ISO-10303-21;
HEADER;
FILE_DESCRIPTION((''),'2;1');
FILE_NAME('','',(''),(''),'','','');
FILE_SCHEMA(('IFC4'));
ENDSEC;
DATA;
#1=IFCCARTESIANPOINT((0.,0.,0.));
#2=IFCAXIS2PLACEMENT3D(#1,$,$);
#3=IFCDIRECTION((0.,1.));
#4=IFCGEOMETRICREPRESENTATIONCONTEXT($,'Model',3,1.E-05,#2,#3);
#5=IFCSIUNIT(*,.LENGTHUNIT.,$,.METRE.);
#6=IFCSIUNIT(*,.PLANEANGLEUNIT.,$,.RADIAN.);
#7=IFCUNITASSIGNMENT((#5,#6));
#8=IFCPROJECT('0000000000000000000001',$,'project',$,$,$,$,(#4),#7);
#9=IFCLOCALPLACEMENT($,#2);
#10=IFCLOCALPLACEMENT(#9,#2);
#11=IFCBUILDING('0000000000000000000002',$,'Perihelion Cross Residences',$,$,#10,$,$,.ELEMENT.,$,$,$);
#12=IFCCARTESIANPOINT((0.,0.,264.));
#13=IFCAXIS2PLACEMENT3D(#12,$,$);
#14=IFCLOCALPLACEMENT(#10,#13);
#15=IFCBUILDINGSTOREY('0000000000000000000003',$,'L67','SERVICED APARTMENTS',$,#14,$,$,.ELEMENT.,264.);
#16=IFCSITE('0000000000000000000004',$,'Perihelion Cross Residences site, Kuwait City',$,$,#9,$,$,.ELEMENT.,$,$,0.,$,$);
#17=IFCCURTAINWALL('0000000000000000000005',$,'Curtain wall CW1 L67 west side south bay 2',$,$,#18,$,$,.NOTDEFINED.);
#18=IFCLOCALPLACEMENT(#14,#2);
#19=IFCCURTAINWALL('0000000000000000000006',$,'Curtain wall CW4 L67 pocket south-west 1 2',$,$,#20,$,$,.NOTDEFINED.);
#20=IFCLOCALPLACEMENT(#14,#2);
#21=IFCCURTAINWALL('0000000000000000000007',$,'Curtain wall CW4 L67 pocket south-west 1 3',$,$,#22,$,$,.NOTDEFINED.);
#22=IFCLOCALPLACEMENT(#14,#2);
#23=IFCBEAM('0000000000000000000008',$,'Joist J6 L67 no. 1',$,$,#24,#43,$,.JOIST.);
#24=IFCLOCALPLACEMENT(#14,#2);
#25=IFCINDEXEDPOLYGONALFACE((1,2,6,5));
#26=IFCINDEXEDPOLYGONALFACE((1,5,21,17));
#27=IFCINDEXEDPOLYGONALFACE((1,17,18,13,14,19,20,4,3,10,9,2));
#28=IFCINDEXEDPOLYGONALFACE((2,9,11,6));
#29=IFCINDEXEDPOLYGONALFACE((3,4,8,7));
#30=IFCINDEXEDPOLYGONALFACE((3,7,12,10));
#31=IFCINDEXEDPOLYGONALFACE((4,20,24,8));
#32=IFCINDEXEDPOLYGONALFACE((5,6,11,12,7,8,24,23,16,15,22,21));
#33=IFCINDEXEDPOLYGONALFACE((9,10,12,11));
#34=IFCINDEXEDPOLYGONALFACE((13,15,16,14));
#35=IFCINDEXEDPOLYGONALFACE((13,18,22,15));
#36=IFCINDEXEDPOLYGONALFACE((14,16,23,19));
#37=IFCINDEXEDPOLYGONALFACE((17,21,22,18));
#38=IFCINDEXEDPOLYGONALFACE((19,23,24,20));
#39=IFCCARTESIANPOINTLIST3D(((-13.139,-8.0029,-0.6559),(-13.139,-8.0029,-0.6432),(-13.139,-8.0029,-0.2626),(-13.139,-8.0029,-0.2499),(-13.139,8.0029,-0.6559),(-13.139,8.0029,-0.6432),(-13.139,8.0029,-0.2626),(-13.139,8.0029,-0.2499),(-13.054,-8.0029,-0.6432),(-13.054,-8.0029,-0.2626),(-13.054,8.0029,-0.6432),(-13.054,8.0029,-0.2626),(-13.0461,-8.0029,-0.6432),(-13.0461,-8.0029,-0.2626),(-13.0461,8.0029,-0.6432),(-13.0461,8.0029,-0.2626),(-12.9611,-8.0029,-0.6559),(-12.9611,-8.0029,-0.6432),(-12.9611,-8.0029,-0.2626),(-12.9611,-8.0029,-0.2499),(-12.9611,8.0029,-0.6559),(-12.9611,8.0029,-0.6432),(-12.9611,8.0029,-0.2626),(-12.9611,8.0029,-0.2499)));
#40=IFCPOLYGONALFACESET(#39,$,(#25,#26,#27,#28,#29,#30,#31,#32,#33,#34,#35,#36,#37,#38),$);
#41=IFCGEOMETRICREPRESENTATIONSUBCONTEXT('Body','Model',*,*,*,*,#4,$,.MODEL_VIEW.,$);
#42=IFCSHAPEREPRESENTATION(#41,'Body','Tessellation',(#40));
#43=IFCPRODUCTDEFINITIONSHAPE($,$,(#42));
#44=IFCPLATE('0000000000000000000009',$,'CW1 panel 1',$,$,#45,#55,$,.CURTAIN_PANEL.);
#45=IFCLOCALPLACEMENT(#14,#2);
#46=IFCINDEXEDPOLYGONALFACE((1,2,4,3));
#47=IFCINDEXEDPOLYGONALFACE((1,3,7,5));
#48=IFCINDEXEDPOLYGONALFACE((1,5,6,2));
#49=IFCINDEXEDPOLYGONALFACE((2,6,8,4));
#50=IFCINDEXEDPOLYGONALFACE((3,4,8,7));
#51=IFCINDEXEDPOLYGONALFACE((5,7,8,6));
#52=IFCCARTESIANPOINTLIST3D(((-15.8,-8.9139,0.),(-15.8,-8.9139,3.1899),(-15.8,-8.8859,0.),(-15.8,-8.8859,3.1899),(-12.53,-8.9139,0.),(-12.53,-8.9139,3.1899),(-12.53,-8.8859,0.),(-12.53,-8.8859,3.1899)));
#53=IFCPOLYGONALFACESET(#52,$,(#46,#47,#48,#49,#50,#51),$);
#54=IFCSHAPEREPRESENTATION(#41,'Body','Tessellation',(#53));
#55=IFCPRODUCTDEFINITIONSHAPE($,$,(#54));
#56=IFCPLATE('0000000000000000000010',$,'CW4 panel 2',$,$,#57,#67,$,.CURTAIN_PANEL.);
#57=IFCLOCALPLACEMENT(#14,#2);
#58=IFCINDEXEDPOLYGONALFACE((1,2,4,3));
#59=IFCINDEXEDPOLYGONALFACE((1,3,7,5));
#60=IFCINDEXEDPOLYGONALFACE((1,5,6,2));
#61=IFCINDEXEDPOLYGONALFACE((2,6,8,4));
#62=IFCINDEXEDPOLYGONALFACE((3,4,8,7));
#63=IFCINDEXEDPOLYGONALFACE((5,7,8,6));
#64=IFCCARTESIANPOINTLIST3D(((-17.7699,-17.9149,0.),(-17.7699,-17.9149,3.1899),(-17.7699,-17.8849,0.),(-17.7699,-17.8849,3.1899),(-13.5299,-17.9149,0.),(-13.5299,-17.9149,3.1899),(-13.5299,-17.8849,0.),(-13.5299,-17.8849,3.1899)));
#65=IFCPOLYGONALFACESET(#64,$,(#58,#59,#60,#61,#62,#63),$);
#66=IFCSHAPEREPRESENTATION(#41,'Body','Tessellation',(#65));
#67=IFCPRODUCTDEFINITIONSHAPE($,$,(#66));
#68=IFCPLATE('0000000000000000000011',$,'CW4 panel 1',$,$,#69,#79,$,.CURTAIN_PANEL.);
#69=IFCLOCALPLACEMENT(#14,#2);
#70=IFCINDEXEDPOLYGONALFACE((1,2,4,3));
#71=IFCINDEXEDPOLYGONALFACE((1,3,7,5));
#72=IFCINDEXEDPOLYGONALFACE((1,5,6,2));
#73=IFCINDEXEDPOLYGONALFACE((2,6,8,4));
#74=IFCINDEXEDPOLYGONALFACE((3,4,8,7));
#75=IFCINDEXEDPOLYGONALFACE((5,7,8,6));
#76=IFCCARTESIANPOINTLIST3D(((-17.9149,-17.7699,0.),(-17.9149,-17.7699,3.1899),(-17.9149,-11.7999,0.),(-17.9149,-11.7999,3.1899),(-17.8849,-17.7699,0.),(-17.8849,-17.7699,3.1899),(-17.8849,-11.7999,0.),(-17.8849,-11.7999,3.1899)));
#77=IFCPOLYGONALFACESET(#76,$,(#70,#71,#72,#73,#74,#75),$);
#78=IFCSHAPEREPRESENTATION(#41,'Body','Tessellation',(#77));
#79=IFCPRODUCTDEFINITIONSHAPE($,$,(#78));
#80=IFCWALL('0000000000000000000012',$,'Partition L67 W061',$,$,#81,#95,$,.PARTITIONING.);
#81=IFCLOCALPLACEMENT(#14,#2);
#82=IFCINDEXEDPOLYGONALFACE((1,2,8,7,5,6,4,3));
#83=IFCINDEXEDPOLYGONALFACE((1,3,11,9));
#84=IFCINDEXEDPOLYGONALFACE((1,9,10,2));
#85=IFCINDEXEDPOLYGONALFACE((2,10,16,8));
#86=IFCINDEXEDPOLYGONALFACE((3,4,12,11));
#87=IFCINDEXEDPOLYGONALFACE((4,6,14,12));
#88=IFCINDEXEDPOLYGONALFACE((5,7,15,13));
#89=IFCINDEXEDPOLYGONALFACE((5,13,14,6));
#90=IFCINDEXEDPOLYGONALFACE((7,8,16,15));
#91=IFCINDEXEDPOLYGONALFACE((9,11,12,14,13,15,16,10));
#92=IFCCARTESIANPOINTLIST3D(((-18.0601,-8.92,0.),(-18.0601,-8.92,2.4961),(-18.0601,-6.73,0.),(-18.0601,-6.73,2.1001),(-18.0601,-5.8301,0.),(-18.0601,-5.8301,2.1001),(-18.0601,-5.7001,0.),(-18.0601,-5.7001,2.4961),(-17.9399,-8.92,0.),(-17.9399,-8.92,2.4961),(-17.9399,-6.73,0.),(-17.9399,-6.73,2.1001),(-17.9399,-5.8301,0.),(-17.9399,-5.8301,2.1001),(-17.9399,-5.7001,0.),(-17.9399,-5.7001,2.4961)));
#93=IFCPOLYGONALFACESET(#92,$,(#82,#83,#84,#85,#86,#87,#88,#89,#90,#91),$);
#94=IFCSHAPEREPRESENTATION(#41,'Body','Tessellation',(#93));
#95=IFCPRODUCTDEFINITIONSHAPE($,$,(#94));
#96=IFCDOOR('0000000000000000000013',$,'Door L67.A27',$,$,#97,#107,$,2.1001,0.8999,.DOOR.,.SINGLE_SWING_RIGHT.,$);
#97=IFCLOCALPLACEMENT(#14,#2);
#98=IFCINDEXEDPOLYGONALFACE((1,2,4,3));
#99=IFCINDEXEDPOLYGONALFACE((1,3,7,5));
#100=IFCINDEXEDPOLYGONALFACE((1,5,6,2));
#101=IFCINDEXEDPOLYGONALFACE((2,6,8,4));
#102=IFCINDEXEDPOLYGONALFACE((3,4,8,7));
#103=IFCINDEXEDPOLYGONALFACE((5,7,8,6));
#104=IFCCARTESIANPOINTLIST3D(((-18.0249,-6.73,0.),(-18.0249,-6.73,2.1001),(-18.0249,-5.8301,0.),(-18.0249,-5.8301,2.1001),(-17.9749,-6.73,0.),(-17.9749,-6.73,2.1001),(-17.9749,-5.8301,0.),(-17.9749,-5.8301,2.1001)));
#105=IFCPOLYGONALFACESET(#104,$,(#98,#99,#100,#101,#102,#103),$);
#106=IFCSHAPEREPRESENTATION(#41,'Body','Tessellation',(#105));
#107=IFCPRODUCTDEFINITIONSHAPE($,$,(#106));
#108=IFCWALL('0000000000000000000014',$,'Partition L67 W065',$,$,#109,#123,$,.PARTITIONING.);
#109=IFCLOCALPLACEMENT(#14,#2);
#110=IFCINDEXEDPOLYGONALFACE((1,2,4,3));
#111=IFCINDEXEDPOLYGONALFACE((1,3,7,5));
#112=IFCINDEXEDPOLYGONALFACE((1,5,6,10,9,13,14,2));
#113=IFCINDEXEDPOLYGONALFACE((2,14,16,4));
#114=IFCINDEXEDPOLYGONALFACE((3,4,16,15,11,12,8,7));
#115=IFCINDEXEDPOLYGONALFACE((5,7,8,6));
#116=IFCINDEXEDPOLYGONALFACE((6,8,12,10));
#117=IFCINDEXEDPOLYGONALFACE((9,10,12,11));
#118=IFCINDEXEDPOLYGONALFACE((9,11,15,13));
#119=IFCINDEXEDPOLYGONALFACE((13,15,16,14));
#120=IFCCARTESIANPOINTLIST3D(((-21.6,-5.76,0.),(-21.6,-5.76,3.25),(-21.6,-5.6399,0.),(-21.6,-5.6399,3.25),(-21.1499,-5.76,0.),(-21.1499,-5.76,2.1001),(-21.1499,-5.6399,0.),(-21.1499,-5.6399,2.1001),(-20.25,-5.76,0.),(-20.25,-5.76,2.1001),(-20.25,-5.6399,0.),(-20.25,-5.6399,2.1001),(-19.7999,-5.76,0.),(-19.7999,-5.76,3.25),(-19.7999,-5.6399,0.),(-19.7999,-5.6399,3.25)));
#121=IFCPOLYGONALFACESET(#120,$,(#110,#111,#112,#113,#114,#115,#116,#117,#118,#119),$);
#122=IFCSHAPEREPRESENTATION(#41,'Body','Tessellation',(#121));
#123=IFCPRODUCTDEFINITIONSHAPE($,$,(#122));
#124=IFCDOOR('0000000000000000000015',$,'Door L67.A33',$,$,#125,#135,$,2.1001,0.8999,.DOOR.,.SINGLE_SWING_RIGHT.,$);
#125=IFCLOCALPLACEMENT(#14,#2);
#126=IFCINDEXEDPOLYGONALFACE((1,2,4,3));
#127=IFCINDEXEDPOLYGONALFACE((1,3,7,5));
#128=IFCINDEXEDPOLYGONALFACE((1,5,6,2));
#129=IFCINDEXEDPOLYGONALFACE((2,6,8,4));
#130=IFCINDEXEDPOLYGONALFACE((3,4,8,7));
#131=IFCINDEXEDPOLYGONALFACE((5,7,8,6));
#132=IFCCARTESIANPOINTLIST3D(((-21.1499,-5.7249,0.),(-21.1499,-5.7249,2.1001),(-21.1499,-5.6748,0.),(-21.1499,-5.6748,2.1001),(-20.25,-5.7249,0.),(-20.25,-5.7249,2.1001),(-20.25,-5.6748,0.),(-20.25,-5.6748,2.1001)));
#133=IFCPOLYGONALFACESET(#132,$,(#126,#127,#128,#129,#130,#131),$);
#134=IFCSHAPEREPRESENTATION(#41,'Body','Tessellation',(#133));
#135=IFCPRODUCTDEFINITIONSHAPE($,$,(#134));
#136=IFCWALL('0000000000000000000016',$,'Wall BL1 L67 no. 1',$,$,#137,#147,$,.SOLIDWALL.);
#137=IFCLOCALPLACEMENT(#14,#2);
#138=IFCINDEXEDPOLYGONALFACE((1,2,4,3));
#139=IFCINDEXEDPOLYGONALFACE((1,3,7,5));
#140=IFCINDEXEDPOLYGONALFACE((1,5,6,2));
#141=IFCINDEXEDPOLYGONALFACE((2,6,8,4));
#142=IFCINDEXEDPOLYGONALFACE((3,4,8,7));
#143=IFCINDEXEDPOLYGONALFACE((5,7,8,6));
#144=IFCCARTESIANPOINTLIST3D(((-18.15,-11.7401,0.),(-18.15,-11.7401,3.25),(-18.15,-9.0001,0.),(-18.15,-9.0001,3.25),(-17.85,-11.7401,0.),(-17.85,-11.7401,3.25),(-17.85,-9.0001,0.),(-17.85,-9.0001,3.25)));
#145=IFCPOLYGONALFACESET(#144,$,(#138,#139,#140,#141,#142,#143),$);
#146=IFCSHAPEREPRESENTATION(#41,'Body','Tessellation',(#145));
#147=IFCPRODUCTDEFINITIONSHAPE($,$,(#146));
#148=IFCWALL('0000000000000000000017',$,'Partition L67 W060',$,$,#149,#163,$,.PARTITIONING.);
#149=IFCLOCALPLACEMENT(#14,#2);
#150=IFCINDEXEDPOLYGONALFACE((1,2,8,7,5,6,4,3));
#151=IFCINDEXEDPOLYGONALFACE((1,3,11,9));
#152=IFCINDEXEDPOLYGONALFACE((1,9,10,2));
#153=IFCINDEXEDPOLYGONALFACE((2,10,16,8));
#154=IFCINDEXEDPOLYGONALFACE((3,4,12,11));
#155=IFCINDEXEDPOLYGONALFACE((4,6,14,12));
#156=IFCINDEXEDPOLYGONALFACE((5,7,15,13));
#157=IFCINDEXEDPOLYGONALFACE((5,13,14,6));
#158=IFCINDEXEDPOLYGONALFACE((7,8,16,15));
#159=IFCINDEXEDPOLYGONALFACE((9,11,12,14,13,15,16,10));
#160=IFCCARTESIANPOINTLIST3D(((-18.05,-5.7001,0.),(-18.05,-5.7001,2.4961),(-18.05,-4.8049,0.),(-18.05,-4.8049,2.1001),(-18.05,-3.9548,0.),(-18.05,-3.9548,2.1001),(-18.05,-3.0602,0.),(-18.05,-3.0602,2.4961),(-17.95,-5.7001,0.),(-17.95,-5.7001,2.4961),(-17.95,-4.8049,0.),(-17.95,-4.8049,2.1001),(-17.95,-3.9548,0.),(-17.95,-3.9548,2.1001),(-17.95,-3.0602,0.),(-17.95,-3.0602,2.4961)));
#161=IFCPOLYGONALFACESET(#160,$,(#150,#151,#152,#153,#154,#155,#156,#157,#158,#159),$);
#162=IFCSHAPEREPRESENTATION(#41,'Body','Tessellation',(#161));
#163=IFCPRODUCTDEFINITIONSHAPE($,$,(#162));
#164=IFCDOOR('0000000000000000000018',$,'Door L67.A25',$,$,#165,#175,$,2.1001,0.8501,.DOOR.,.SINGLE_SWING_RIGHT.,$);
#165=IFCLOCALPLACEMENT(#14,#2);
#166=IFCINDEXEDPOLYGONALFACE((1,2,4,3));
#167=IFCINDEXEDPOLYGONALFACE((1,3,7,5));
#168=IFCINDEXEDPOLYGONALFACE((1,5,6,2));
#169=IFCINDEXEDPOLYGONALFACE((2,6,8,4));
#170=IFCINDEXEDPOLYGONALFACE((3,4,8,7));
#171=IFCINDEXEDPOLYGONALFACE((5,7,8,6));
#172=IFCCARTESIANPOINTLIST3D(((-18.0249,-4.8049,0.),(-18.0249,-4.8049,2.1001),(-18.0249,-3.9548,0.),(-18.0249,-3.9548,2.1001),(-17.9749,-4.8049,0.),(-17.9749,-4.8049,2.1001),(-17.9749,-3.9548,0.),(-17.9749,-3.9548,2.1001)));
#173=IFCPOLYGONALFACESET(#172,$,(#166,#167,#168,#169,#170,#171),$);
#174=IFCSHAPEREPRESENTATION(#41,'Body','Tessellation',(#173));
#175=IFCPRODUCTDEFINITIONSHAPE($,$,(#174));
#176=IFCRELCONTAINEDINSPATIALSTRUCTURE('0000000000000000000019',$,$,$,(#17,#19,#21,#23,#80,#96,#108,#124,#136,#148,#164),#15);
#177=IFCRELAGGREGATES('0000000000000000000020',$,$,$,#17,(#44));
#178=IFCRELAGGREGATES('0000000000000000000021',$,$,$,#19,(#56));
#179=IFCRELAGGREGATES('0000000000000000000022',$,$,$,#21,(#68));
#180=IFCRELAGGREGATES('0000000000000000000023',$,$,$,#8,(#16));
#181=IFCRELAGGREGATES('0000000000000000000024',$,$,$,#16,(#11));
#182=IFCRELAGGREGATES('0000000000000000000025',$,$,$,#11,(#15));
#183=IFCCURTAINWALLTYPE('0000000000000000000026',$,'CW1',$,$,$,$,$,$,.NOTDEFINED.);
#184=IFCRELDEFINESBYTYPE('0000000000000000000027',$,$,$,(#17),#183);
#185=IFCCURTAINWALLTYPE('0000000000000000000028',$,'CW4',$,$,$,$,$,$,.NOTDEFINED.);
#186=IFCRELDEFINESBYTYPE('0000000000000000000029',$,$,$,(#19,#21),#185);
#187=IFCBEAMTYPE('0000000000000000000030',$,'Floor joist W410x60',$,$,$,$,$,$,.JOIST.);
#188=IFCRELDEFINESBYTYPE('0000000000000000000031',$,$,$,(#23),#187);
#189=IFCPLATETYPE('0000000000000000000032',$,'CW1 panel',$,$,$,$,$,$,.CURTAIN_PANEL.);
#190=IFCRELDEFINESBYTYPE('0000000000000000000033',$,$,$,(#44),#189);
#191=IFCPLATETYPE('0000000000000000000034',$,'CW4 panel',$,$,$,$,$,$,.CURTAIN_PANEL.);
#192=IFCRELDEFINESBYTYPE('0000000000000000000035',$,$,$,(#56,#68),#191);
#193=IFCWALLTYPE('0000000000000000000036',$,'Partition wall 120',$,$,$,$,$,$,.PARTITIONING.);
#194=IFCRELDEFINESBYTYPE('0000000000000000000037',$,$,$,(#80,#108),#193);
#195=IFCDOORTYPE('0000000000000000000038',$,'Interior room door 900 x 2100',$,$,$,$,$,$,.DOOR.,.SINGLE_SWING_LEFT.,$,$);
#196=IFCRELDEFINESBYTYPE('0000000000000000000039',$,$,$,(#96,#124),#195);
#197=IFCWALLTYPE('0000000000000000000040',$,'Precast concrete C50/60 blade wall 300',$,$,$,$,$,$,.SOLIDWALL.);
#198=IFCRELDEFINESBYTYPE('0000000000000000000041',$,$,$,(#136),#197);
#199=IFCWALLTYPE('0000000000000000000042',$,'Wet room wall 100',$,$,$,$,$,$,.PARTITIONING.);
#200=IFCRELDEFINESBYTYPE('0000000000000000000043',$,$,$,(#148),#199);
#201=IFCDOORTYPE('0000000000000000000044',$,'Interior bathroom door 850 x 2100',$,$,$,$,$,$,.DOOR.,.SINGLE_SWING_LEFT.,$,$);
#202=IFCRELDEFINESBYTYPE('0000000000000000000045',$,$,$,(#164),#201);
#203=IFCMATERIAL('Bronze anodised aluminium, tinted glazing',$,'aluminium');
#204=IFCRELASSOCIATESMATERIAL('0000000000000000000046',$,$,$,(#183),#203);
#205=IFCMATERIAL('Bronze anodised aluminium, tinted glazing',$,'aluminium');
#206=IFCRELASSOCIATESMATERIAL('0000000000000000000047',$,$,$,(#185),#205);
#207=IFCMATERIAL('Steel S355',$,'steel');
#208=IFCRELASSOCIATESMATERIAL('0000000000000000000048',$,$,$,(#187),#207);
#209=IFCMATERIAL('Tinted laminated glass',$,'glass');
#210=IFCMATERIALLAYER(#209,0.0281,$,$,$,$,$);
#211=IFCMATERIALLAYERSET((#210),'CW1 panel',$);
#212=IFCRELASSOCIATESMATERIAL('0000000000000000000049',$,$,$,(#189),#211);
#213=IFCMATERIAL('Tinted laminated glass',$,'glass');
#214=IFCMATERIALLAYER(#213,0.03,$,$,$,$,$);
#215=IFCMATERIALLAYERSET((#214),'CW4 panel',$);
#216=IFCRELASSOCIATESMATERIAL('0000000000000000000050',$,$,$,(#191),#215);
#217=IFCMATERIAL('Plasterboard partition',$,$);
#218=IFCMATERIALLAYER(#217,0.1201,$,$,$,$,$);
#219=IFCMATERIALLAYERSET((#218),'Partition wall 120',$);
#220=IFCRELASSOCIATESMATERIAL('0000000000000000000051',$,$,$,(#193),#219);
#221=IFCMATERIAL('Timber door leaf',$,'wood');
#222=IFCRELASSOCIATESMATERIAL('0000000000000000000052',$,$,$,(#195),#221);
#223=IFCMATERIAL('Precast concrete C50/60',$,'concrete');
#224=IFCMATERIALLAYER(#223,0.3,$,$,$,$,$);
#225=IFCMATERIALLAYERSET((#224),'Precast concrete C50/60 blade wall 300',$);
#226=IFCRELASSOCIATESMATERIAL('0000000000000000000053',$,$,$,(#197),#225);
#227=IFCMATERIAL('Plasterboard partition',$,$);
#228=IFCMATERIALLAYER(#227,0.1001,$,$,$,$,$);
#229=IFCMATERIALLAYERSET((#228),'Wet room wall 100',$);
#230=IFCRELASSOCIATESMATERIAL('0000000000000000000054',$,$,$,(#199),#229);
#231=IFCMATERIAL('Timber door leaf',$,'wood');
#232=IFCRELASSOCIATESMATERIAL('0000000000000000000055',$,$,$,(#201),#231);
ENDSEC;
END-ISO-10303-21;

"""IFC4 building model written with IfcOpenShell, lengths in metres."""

from ifc_helpers import new_model, si_unit, direction, frame, frame_2d, origin, origin_2d, place, context, subcontext, project, spatial, rectangle, i_section, extrude, material, layer, layer_set, material_profile, profile_set, type_object, element, fill, aggregate, save


model = new_model("IFC4")

# Units and contexts
model_context = context("Model", 3, precision=1e-05, world=origin(), true_north=direction((0.0, 1.0)))
body_context = subcontext(model_context, "Body", "Model", "MODEL_VIEW")
ifc_project = project(units=[si_unit("LENGTHUNIT", "METRE"), si_unit("PLANEANGLEUNIT", "RADIAN")], contexts=[model_context])

# Site, building, storey
site_placement = place(None, origin())
site = spatial("IfcSite", under=ifc_project, at=site_placement, Name="Perihelion Cross Residences site, Kuwait City", CompositionType="ELEMENT", RefElevation=0.0)
building_placement = place(site_placement, origin())
building = spatial("IfcBuilding", under=site, at=building_placement, Name="Perihelion Cross Residences", CompositionType="ELEMENT")
storey_placement = place(building_placement, frame((0.0, 0.0, 264.0)))
storey = spatial("IfcBuildingStorey", under=building, at=storey_placement, Name="L67", Description="SERVICED APARTMENTS", CompositionType="ELEMENT", Elevation=264.0)

# Curtain wall
ifc_material_1 = material(Name="Bronze anodised aluminium, tinted glazing", Category="aluminium")
curtain_wall_type_1 = type_object("IfcCurtainWallType", Name="CW1", PredefinedType="NOTDEFINED", material=ifc_material_1)
curtain_wall_1_placement = place(storey_placement, origin())
curtain_wall_1 = element("IfcCurtainWall", 1, at=curtain_wall_1_placement, inside=storey, type_object=curtain_wall_type_1, Name="Curtain wall CW1 L67 west side south bay 2", PredefinedType="NOTDEFINED")

# Curtain walls
ifc_material_2 = material(Name="Bronze anodised aluminium, tinted glazing", Category="aluminium")
curtain_wall_type_2 = type_object("IfcCurtainWallType", Name="CW4", PredefinedType="NOTDEFINED", material=ifc_material_2)
curtain_wall_2_placement = place(storey_placement, origin())
curtain_wall_2 = element("IfcCurtainWall", 2, at=curtain_wall_2_placement, inside=storey, type_object=curtain_wall_type_2, Name="Curtain wall CW4 L67 pocket south-west 1 2", PredefinedType="NOTDEFINED")
curtain_wall_3_placement = place(storey_placement, origin())
curtain_wall_3 = element("IfcCurtainWall", 3, at=curtain_wall_3_placement, inside=storey, type_object=curtain_wall_type_2, Name="Curtain wall CW4 L67 pocket south-west 1 3", PredefinedType="NOTDEFINED")

# Beam
ifc_material_3 = material(Name="Steel S355", Category="steel")
ifc_material_profile_1 = material_profile(ifc_material_3, i_section(OverallWidth=0.178, OverallDepth=0.406, WebThickness=0.0078, FlangeThickness=0.0127, at=origin_2d()), Name="W410x60")
ifc_profile_set_1 = profile_set([ifc_material_profile_1], Name="Steel S355")
beam_type_1 = type_object("IfcBeamType", Name="Floor joist W410x60", PredefinedType="JOIST", material=ifc_profile_set_1)
beam_1_placement = place(storey_placement, frame((-13.05, -8.0029, -0.4529), z_axis=(0.0, 1.0, 0.0), x_axis=(-1.0, 0.0, 0.0)))
element("IfcBeam", 4, at=beam_1_placement, inside=storey, type_object=beam_type_1, Name="Joist J6 L67 no. 1", PredefinedType="JOIST", context=body_context, shape_type="SweptSolid", body=[
    extrude(i_section(OverallWidth=0.178, OverallDepth=0.406, WebThickness=0.0078, FlangeThickness=0.0127, at=origin_2d()), origin(), (0.0, 0.0, 1.0), 16.0059),
])

# Plates
ifc_material_4 = material(Name="Tinted laminated glass", Category="glass")
ifc_layer_1 = layer(ifc_material_4, 0.0281)
ifc_layer_set_1 = layer_set([ifc_layer_1], Name="CW1 panel")
plate_type_1 = type_object("IfcPlateType", Name="CW1 panel", PredefinedType="CURTAIN_PANEL", material=ifc_layer_set_1)
plate_1_placement = place(storey_placement, frame((-14.165, -8.8999, 0.0), z_axis=(0.0, 0.0, 1.0), x_axis=(1.0, 0.0, 0.0)))
plate_1 = element("IfcPlate", 5, at=plate_1_placement, type_object=plate_type_1, Name="CW1 panel 1", PredefinedType="CURTAIN_PANEL", context=body_context, shape_type="SweptSolid", body=[
    extrude(rectangle(XDim=3.27, YDim=0.0281, at=origin_2d()), origin(), (0.0, 0.0, 1.0), 3.1899),
])
aggregate(curtain_wall_1, [plate_1])
ifc_material_5 = material(Name="Tinted laminated glass", Category="glass")
ifc_layer_2 = layer(ifc_material_5, 0.03)
ifc_layer_set_2 = layer_set([ifc_layer_2], Name="CW4 panel")
plate_type_2 = type_object("IfcPlateType", Name="CW4 panel", PredefinedType="CURTAIN_PANEL", material=ifc_layer_set_2)
plate_2_placement = place(storey_placement, frame((-15.6499, -17.8999, 0.0), z_axis=(0.0, 0.0, 1.0), x_axis=(-1.0, 0.0, 0.0)))
plate_2 = element("IfcPlate", 6, at=plate_2_placement, type_object=plate_type_2, Name="CW4 panel 2", PredefinedType="CURTAIN_PANEL", context=body_context, shape_type="SweptSolid", body=[
    extrude(rectangle(XDim=4.24, YDim=0.03, at=origin_2d()), origin(), (0.0, 0.0, 1.0), 3.1899),
])
aggregate(curtain_wall_2, [plate_2])
plate_3_placement = place(storey_placement, frame((-17.8999, -14.7849, 0.0), z_axis=(0.0, 0.0, 1.0), x_axis=(0.0, 1.0, 0.0)))
plate_3 = element("IfcPlate", 7, at=plate_3_placement, type_object=plate_type_2, Name="CW4 panel 1", PredefinedType="CURTAIN_PANEL", context=body_context, shape_type="SweptSolid", body=[
    extrude(rectangle(XDim=5.97, YDim=0.03, at=origin_2d()), origin(), (0.0, 0.0, 1.0), 3.1899),
])
aggregate(curtain_wall_3, [plate_3])

# Walls, openings, doors
ifc_material_6 = material(Name="Plasterboard partition")
ifc_layer_3 = layer(ifc_material_6, 0.1201)
ifc_layer_set_3 = layer_set([ifc_layer_3], Name="Partition wall 120")
wall_type_1 = type_object("IfcWallType", Name="Partition wall 120", PredefinedType="PARTITIONING", material=ifc_layer_set_3)
wall_1_placement = place(storey_placement, frame((-18.0, -8.9199, 0.0), z_axis=(0.0, 0.0, 1.0), x_axis=(0.0, 1.0, 0.0)))
wall_1 = element("IfcWall", 8, at=wall_1_placement, inside=storey, type_object=wall_type_1, Name="Partition L67 W061", PredefinedType="PARTITIONING", context=body_context, shape_type="SweptSolid", body=[
    extrude(rectangle(XDim=3.22, YDim=0.1201, at=frame_2d((1.6099, 0.0))), origin(), (0.0, 0.0, 1.0), 2.4961),
])
opening_1_placement = place(wall_1_placement, frame((2.1899, 0.0, 0.0)))
opening_1 = element("IfcOpeningElement", 9, at=opening_1_placement, cuts=wall_1, PredefinedType="OPENING", context=body_context, shape_type="SweptSolid", body=[
    extrude(rectangle(XDim=0.8999, YDim=2.1001, at=frame_2d((0.45, 1.05))), frame((0.0, 0.0701, 0.0), z_axis=(0.0, -1.0, 0.0), x_axis=(1.0, 0.0, 0.0)), (0.0, 0.0, 1.0), 0.1401),
])
ifc_material_7 = material(Name="Timber door leaf", Category="wood")
door_type_1 = type_object("IfcDoorType", Name="Interior room door 900 x 2100", OperationType="SINGLE_SWING_LEFT", PredefinedType="DOOR", material=ifc_material_7)
door_1_placement = place(opening_1_placement, origin())
door_1 = element("IfcDoor", 10, at=door_1_placement, inside=storey, type_object=door_type_1, Name="Door L67.A27", OperationType="SINGLE_SWING_RIGHT", OverallHeight=2.1001, OverallWidth=0.8999, PredefinedType="DOOR", context=body_context, shape_type="SweptSolid", body=[
    extrude(rectangle(XDim=0.8999, YDim=2.1001, at=frame_2d((0.45, 1.05))), frame((0.0, 0.0249, 0.0), z_axis=(0.0, -1.0, 0.0), x_axis=(1.0, 0.0, 0.0)), (0.0, 0.0, 1.0), 0.05),
])
fill(opening_1, door_1)
wall_2_placement = place(storey_placement, frame((-19.8, -5.7, 0.0), z_axis=(0.0, 0.0, 1.0), x_axis=(-1.0, 0.0, 0.0)))
wall_2 = element("IfcWall", 11, at=wall_2_placement, inside=storey, type_object=wall_type_1, Name="Partition L67 W065", PredefinedType="PARTITIONING", context=body_context, shape_type="SweptSolid", body=[
    extrude(rectangle(XDim=1.8, YDim=0.1201, at=frame_2d((0.8999, 0.0))), origin(), (0.0, 0.0, 1.0), 3.25),
])
opening_2_placement = place(wall_2_placement, frame((0.45, 0.0, 0.0)))
opening_2 = element("IfcOpeningElement", 12, at=opening_2_placement, cuts=wall_2, PredefinedType="OPENING", context=body_context, shape_type="SweptSolid", body=[
    extrude(rectangle(XDim=0.8999, YDim=2.1001, at=frame_2d((0.45, 1.05))), frame((0.0, 0.0701, 0.0), z_axis=(0.0, -1.0, 0.0), x_axis=(1.0, 0.0, 0.0)), (0.0, 0.0, 1.0), 0.1401),
])
door_2_placement = place(opening_2_placement, origin())
door_2 = element("IfcDoor", 13, at=door_2_placement, inside=storey, type_object=door_type_1, Name="Door L67.A33", OperationType="SINGLE_SWING_RIGHT", OverallHeight=2.1001, OverallWidth=0.8999, PredefinedType="DOOR", context=body_context, shape_type="SweptSolid", body=[
    extrude(rectangle(XDim=0.8999, YDim=2.1001, at=frame_2d((0.45, 1.05))), frame((0.0, 0.0249, 0.0), z_axis=(0.0, -1.0, 0.0), x_axis=(1.0, 0.0, 0.0)), (0.0, 0.0, 1.0), 0.05),
])
fill(opening_2, door_2)

# Wall
ifc_material_8 = material(Name="Precast concrete C50/60", Category="concrete")
ifc_layer_4 = layer(ifc_material_8, 0.3)
ifc_layer_set_4 = layer_set([ifc_layer_4], Name="Precast concrete C50/60 blade wall 300")
wall_type_2 = type_object("IfcWallType", Name="Precast concrete C50/60 blade wall 300", PredefinedType="SOLIDWALL", material=ifc_layer_set_4)
wall_3_placement = place(storey_placement, frame((-18.0, -9.0, 0.0), z_axis=(0.0, 0.0, 1.0), x_axis=(0.0, -1.0, 0.0)))
element("IfcWall", 14, at=wall_3_placement, inside=storey, type_object=wall_type_2, Name="Wall BL1 L67 no. 1", PredefinedType="SOLIDWALL", context=body_context, shape_type="SweptSolid", body=[
    extrude(rectangle(XDim=2.74, YDim=0.3, at=frame_2d((1.3701, 0.0))), origin(), (0.0, 0.0, 1.0), 3.25),
])

# Wall, opening, door
ifc_material_9 = material(Name="Plasterboard partition")
ifc_layer_5 = layer(ifc_material_9, 0.1001)
ifc_layer_set_5 = layer_set([ifc_layer_5], Name="Wet room wall 100")
wall_type_3 = type_object("IfcWallType", Name="Wet room wall 100", PredefinedType="PARTITIONING", material=ifc_layer_set_5)
wall_4_placement = place(storey_placement, frame((-18.0, -5.7, 0.0), z_axis=(0.0, 0.0, 1.0), x_axis=(0.0, 1.0, 0.0)))
wall_4 = element("IfcWall", 15, at=wall_4_placement, inside=storey, type_object=wall_type_3, Name="Partition L67 W060", PredefinedType="PARTITIONING", context=body_context, shape_type="SweptSolid", body=[
    extrude(rectangle(XDim=2.6399, YDim=0.1001, at=frame_2d((1.3198, 0.0))), origin(), (0.0, 0.0, 1.0), 2.4961),
])
opening_3_placement = place(wall_4_placement, frame((0.895, 0.0, 0.0)))
opening_3 = element("IfcOpeningElement", 16, at=opening_3_placement, cuts=wall_4, PredefinedType="OPENING", context=body_context, shape_type="SweptSolid", body=[
    extrude(rectangle(XDim=0.8501, YDim=2.1001, at=frame_2d((0.425, 1.05))), frame((0.0, 0.0601, 0.0), z_axis=(0.0, -1.0, 0.0), x_axis=(1.0, 0.0, 0.0)), (0.0, 0.0, 1.0), 0.1201),
])
ifc_material_10 = material(Name="Timber door leaf", Category="wood")
door_type_2 = type_object("IfcDoorType", Name="Interior bathroom door 850 x 2100", OperationType="SINGLE_SWING_LEFT", PredefinedType="DOOR", material=ifc_material_10)
door_3_placement = place(opening_3_placement, origin())
door_3 = element("IfcDoor", 17, at=door_3_placement, inside=storey, type_object=door_type_2, Name="Door L67.A25", OperationType="SINGLE_SWING_RIGHT", OverallHeight=2.1001, OverallWidth=0.8501, PredefinedType="DOOR", context=body_context, shape_type="SweptSolid", body=[
    extrude(rectangle(XDim=0.8501, YDim=2.1001, at=frame_2d((0.425, 1.05))), frame((0.0, 0.0249, 0.0), z_axis=(0.0, -1.0, 0.0), x_axis=(1.0, 0.0, 0.0)), (0.0, 0.0, 1.0), 0.05),
])
fill(opening_3, door_3)

save(model, "model.ifc")
